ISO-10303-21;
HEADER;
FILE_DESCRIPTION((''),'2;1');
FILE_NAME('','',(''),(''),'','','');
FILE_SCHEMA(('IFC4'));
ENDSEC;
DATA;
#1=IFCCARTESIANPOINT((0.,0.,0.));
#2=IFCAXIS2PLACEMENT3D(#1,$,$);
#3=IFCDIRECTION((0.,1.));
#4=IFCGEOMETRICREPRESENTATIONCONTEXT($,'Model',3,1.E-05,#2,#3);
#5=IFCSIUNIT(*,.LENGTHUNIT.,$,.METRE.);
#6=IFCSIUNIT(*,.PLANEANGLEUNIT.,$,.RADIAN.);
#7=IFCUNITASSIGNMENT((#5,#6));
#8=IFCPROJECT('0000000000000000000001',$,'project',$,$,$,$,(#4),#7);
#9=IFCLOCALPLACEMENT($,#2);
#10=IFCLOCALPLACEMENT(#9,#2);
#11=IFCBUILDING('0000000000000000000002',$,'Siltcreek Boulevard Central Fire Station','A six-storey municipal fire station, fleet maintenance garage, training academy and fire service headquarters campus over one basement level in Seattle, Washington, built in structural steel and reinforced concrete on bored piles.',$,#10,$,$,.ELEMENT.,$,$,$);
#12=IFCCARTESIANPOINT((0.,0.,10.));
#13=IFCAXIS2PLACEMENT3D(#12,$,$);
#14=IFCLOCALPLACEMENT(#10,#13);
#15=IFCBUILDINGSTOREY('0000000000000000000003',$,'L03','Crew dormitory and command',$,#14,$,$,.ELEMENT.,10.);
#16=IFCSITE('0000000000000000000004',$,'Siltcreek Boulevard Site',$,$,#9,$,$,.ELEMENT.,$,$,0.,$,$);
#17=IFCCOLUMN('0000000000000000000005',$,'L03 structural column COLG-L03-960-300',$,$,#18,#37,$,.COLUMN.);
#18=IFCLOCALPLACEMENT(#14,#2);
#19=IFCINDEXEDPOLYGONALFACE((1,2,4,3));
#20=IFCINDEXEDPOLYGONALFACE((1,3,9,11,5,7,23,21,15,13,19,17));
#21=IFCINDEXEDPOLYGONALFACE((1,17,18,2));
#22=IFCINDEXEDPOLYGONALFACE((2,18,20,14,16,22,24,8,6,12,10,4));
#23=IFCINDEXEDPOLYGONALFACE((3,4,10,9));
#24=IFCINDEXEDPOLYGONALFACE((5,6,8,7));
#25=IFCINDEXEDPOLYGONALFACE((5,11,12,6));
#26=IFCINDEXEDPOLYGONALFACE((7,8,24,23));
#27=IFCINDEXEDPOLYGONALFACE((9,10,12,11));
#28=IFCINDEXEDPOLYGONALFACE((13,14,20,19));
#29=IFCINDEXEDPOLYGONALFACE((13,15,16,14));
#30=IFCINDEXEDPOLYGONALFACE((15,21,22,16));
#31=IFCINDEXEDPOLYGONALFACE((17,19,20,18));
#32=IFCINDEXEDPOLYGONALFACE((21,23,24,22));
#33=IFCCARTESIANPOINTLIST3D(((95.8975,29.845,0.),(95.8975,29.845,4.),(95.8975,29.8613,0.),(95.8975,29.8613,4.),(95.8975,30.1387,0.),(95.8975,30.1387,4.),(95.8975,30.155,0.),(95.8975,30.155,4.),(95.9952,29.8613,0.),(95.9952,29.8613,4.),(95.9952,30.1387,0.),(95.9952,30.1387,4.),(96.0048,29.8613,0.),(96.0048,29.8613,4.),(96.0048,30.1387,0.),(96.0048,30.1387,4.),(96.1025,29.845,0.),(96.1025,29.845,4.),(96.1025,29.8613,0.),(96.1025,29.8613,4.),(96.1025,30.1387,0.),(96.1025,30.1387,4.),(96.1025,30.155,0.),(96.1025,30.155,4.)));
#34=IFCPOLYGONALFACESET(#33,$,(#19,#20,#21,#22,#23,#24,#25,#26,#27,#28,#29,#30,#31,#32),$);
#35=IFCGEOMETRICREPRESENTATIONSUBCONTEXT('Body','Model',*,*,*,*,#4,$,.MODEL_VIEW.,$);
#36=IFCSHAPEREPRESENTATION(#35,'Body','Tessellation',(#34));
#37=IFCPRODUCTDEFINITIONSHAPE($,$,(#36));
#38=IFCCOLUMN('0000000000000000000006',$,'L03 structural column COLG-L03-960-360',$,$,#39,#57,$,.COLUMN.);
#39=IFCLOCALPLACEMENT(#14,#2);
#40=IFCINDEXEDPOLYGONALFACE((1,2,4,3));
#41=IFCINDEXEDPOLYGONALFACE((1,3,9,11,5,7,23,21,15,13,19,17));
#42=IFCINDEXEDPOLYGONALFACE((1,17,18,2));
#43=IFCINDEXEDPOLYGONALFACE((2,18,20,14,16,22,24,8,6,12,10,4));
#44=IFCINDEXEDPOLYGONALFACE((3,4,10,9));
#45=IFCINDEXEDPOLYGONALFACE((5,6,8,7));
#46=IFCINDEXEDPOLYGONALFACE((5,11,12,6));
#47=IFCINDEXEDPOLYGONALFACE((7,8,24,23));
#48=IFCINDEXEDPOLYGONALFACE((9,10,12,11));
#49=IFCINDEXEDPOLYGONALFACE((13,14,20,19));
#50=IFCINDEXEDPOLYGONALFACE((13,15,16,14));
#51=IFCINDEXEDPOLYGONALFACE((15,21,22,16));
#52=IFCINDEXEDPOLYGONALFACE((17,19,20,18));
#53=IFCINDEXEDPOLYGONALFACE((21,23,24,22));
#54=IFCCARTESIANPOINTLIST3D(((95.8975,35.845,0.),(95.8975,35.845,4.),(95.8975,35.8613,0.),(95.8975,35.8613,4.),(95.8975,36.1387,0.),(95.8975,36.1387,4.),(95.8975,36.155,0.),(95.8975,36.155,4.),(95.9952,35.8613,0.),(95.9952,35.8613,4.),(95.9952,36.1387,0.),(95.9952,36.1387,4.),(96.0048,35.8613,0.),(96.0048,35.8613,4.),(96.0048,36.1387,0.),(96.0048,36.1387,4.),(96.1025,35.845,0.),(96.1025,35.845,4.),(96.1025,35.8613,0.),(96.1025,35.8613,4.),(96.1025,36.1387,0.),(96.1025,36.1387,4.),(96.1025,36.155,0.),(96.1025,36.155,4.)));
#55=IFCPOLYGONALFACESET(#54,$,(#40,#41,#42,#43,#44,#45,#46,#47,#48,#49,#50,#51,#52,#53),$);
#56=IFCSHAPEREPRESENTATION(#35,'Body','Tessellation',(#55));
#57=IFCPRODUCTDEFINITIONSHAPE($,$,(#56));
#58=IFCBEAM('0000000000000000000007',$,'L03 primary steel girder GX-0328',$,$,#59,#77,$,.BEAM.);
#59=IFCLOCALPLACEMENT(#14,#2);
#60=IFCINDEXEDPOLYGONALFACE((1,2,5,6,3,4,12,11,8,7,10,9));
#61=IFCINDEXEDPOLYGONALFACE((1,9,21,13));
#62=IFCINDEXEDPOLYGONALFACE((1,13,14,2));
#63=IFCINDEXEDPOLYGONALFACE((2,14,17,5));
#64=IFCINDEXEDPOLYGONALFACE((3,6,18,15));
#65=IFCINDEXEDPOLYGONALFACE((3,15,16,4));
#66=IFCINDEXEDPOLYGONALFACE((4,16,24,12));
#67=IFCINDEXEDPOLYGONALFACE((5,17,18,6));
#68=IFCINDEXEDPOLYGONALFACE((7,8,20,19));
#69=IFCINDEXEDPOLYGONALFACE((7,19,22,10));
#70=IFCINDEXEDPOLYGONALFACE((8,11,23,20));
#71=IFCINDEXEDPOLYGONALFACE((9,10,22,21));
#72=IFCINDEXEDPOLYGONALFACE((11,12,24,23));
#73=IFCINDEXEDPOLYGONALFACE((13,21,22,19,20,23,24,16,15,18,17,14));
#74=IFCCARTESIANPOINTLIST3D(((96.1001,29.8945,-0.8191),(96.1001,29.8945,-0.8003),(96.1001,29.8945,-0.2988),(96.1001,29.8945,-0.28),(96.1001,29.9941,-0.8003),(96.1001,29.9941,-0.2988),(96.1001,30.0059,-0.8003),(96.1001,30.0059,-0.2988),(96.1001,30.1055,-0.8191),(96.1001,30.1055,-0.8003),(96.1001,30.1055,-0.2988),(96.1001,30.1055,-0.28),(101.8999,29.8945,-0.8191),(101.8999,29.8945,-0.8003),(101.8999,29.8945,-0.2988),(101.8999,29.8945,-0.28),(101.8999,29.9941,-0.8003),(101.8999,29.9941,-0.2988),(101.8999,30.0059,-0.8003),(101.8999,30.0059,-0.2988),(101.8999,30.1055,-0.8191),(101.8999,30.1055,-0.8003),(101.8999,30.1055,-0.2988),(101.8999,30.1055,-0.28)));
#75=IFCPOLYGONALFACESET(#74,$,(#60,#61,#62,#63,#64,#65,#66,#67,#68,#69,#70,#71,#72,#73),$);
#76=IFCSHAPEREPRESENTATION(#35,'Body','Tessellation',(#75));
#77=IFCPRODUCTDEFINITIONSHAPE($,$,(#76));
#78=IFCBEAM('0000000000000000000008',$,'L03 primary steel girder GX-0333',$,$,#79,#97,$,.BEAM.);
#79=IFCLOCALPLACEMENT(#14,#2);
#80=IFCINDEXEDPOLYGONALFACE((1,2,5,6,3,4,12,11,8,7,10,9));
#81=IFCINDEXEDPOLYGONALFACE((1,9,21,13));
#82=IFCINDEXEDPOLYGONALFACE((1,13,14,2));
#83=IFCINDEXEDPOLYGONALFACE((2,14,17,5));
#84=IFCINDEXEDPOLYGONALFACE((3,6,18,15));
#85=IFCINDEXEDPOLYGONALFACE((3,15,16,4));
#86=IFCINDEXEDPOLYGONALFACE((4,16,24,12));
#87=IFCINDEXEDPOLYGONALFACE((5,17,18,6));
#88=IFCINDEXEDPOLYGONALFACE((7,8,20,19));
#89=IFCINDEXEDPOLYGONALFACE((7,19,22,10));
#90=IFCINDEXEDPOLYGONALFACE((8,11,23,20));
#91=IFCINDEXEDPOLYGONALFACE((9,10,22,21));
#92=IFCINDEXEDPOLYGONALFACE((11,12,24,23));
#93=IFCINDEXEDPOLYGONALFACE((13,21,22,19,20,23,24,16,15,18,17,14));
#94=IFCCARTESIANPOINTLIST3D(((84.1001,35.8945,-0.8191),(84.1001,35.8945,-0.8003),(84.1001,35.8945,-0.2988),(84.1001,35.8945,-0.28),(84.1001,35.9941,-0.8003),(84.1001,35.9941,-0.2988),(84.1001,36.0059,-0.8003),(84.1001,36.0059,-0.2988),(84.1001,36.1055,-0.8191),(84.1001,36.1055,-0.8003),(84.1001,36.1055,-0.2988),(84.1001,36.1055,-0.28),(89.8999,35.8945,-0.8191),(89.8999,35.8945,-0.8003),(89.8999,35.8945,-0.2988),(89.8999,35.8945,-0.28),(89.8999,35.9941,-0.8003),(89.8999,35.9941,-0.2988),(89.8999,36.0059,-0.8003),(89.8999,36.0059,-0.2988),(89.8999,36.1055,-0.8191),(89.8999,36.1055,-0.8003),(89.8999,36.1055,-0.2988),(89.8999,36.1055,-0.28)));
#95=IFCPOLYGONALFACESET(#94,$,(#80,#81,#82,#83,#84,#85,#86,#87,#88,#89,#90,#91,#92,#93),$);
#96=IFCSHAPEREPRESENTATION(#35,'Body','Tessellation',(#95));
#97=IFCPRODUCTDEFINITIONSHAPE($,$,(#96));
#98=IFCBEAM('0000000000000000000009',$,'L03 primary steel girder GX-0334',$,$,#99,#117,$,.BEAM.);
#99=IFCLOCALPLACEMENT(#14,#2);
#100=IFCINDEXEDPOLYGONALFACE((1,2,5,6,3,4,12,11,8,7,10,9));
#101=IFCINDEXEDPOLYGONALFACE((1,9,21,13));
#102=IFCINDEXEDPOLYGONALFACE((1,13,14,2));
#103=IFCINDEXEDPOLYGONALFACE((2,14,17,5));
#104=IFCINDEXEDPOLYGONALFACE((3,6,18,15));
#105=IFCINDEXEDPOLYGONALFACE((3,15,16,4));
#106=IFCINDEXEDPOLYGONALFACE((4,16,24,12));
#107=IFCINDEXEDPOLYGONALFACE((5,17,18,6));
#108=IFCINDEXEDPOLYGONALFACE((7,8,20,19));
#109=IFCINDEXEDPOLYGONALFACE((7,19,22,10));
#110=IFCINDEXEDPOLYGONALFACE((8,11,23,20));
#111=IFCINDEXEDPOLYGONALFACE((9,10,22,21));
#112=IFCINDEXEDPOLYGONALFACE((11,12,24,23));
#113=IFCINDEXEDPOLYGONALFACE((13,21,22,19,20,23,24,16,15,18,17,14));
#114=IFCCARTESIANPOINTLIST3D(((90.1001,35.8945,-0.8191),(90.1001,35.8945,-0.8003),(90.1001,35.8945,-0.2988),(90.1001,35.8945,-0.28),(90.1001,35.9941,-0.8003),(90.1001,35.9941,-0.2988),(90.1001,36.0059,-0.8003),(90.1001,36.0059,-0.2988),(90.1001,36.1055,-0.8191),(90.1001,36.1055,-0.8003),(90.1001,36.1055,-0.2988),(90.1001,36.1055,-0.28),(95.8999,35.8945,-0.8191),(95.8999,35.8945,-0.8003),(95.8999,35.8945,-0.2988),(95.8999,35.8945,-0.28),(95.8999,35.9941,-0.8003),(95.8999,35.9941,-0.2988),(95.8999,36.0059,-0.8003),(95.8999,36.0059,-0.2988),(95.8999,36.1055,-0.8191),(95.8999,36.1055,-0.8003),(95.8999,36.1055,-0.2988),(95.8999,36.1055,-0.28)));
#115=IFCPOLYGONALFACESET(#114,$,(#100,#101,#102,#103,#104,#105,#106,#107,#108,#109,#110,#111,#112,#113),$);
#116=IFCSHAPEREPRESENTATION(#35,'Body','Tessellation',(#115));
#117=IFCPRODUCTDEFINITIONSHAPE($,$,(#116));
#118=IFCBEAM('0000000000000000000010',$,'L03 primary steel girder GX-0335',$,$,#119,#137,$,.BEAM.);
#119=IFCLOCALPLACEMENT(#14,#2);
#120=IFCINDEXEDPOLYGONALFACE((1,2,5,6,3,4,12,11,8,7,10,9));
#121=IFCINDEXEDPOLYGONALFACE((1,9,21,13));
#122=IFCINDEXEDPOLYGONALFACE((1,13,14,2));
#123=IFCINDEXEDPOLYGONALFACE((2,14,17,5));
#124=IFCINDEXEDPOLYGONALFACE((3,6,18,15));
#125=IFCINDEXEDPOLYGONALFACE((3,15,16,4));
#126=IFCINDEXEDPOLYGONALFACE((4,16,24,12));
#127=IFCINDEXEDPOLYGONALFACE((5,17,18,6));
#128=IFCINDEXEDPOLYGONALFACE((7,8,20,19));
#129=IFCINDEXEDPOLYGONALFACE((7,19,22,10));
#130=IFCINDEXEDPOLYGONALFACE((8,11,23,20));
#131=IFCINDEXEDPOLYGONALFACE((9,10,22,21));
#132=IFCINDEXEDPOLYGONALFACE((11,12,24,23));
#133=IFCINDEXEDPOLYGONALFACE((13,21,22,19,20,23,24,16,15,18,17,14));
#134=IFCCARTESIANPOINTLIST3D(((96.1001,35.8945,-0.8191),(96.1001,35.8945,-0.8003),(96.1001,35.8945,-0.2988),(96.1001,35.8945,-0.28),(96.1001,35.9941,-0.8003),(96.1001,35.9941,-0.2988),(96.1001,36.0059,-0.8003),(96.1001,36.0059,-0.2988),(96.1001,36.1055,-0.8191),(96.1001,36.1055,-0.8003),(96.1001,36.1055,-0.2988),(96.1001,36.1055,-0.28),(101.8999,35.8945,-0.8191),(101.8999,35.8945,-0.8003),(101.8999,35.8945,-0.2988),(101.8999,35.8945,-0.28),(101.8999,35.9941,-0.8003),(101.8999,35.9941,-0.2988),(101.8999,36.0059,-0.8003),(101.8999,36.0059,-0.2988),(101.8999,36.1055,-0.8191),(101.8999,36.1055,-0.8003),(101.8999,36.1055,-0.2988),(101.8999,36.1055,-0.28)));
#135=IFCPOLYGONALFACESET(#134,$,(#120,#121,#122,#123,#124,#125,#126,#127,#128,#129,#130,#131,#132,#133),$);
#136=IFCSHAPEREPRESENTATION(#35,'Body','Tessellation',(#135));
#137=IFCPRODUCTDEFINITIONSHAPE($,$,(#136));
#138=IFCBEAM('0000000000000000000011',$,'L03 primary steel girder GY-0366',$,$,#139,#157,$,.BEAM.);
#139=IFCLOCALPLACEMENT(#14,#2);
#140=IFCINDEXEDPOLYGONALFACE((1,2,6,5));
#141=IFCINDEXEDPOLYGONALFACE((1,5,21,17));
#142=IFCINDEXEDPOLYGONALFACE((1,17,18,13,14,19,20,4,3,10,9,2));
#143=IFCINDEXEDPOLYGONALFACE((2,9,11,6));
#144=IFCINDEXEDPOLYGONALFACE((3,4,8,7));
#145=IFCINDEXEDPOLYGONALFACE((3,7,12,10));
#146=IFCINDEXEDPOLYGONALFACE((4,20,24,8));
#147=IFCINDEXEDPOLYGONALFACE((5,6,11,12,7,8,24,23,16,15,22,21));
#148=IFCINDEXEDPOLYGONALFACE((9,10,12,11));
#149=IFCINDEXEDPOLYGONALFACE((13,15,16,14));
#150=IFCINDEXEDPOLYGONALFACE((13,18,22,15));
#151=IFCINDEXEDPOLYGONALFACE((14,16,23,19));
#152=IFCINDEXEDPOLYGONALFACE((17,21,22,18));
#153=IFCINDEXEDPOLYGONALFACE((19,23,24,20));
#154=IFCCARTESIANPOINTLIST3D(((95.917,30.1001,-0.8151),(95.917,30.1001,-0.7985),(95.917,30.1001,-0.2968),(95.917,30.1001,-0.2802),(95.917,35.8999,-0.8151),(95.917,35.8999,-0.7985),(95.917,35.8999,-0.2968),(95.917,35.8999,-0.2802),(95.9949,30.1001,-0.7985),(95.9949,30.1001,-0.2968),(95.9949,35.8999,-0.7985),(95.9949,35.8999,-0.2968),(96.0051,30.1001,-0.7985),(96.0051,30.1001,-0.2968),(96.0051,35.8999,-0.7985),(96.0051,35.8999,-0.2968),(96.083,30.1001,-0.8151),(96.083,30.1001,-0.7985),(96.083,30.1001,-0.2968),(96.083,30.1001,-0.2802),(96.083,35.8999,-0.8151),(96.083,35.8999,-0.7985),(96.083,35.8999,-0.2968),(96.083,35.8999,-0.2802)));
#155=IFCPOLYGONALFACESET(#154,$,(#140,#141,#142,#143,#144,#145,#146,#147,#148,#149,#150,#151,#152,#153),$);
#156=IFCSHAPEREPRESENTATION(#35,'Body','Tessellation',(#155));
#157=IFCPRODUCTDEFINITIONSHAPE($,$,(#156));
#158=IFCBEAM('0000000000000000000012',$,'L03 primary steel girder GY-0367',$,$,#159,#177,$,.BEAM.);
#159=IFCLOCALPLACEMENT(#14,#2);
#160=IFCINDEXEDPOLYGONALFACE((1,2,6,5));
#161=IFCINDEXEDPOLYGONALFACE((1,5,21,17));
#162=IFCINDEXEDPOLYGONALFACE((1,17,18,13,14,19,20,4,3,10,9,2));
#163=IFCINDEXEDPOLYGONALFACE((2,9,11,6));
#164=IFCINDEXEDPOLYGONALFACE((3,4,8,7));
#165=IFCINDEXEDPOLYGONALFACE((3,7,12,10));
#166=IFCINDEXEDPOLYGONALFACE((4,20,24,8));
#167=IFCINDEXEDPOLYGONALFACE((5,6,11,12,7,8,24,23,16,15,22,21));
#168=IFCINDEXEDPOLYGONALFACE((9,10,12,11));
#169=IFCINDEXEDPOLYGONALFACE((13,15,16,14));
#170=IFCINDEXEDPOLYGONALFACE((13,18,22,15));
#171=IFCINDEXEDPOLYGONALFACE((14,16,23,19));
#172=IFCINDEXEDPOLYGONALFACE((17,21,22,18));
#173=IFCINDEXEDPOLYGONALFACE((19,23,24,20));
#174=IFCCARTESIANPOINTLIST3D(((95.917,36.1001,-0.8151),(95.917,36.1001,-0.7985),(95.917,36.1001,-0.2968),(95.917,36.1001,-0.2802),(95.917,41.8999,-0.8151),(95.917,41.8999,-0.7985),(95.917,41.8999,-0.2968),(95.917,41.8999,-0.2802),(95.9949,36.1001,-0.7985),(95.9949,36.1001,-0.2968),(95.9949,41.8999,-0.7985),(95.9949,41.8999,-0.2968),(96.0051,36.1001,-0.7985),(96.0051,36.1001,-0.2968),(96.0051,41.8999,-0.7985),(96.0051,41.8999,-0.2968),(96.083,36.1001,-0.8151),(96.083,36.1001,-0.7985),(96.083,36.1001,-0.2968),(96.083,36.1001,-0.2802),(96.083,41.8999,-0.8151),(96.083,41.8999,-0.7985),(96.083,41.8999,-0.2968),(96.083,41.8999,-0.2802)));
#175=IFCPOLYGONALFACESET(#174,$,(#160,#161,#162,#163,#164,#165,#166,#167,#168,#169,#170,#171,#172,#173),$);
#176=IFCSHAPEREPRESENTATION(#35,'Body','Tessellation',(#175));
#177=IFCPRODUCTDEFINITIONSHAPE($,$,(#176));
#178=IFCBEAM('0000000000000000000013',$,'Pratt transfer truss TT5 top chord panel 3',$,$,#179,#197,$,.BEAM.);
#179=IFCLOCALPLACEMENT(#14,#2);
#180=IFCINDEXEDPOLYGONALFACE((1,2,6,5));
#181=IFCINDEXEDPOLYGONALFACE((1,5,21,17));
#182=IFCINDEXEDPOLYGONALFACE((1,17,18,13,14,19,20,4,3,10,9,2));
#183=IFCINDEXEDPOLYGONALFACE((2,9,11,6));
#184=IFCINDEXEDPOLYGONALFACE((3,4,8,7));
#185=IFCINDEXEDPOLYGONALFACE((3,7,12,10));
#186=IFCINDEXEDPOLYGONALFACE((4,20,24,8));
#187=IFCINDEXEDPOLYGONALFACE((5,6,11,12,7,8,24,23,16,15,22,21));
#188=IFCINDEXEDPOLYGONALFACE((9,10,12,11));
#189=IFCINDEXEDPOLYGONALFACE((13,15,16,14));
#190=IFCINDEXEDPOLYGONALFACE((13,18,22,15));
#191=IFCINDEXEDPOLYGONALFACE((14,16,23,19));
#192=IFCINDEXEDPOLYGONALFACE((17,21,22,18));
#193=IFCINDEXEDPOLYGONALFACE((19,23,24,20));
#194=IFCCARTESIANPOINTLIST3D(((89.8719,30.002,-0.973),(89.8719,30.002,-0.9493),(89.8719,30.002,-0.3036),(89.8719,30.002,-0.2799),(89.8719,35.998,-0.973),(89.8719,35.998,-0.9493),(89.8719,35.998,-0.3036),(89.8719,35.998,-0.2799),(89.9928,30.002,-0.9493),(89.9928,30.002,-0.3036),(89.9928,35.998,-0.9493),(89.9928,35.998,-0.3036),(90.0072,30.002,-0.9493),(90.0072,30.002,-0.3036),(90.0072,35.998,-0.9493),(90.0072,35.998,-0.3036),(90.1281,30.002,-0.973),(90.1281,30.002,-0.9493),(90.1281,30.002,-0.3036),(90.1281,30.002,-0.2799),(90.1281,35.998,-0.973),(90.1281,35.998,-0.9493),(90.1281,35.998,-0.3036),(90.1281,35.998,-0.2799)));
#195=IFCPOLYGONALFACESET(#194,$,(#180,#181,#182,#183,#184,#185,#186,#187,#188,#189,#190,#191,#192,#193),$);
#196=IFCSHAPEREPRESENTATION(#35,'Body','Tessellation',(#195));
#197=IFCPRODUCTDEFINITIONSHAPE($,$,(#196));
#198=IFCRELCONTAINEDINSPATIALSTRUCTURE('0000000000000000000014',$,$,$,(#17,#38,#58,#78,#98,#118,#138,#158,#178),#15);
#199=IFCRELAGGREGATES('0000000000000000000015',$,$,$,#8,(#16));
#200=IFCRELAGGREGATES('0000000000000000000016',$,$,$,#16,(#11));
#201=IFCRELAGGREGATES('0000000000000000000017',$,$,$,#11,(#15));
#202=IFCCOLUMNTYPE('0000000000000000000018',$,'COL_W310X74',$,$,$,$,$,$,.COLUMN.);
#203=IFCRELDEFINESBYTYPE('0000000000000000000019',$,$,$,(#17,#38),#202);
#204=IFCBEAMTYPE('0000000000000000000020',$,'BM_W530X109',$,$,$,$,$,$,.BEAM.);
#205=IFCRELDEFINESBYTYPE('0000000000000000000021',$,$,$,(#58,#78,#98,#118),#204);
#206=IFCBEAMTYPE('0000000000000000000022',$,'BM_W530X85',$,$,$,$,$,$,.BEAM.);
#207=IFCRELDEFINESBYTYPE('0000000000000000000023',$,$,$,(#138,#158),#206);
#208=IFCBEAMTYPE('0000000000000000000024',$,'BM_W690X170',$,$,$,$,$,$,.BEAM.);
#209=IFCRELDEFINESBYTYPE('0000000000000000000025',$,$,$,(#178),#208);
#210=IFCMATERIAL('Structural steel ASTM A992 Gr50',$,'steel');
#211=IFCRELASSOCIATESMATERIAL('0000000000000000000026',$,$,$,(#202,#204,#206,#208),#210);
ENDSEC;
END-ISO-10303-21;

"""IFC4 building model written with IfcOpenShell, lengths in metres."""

from ifc_helpers import new_model, si_unit, direction, frame, origin, origin_2d, place, context, subcontext, project, spatial, i_section, extrude, material, material_profile, profile_set, type_object, element, save


model = new_model("IFC4")

# Units and contexts
model_context = context("Model", 3, precision=1e-05, world=origin(), true_north=direction((0.0, 1.0)))
body_context = subcontext(model_context, "Body", "Model", "MODEL_VIEW")
ifc_project = project(units=[si_unit("LENGTHUNIT", "METRE"), si_unit("PLANEANGLEUNIT", "RADIAN")], contexts=[model_context])

# Site, building, storey
site_placement = place(None, origin())
site = spatial("IfcSite", under=ifc_project, at=site_placement, Name="Siltcreek Boulevard Site", CompositionType="ELEMENT", RefElevation=0.0)
building_placement = place(site_placement, origin())
building = spatial("IfcBuilding", under=site, at=building_placement, Name="Siltcreek Boulevard Central Fire Station", Description="A six-storey municipal fire station, fleet maintenance garage, training academy and fire service headquarters campus over one basement level in Seattle, Washington, built in structural steel and reinforced concrete on bored piles.", CompositionType="ELEMENT")
storey_placement = place(building_placement, frame((0.0, 0.0, 10.0)))
storey = spatial("IfcBuildingStorey", under=building, at=storey_placement, Name="L03", Description="Crew dormitory and command", CompositionType="ELEMENT", Elevation=10.0)

# Columns
ifc_material_1 = material(Name="Structural steel ASTM A992 Gr50", Category="steel")
ifc_material_profile_1 = material_profile(ifc_material_1, i_section(OverallWidth=0.2051, OverallDepth=0.3101, WebThickness=0.0095, FlangeThickness=0.0164, at=origin_2d()), Name="W310X74")
ifc_profile_set_1 = profile_set([ifc_material_profile_1], Name="Structural steel ASTM A992 Gr50")
column_type = type_object("IfcColumnType", Name="COL_W310X74", PredefinedType="COLUMN", material=ifc_profile_set_1)
for number, where, z_axis, x_axis, name in (
    (1, (96.0, 30.0, 0.0), (0.0, 0.0, 1.0), (1.0, 0.0, 0.0), "L03 structural column COLG-L03-960-300"),
    (2, (96.0, 36.0, 0.0), (0.0, 0.0, 1.0), (1.0, 0.0, 0.0), "L03 structural column COLG-L03-960-360"),
):
    element("IfcColumn", number, at=place(storey_placement, frame(where, z_axis=z_axis, x_axis=x_axis)), inside=storey, type_object=column_type, Name=name, PredefinedType="COLUMN", context=body_context, shape_type="SweptSolid", body=[
        extrude(i_section(OverallWidth=0.2051, OverallDepth=0.3101, WebThickness=0.0095, FlangeThickness=0.0164, at=origin_2d()), origin(), (0.0, 0.0, 1.0), 4.0),
    ])

# Beams
ifc_material_profile_2 = material_profile(ifc_material_1, i_section(OverallWidth=0.2109, OverallDepth=0.5391, WebThickness=0.0117, FlangeThickness=0.0188, at=origin_2d()), Name="W530X109")
ifc_profile_set_2 = profile_set([ifc_material_profile_2], Name="Structural steel ASTM A992 Gr50")
beam_type_1 = type_object("IfcBeamType", Name="BM_W530X109", PredefinedType="BEAM", material=ifc_profile_set_2)
for number, where, z_axis, x_axis, name in (
    (3, (96.1001, 30.0, -0.5496), (1.0, 0.0, 0.0), (0.0, 1.0, 0.0), "L03 primary steel girder GX-0328"),
    (4, (84.1001, 36.0, -0.5496), (1.0, 0.0, 0.0), (0.0, 1.0, 0.0), "L03 primary steel girder GX-0333"),
    (5, (90.1001, 36.0, -0.5496), (1.0, 0.0, 0.0), (0.0, 1.0, 0.0), "L03 primary steel girder GX-0334"),
    (6, (96.1001, 36.0, -0.5496), (1.0, 0.0, 0.0), (0.0, 1.0, 0.0), "L03 primary steel girder GX-0335"),
):
    element("IfcBeam", number, at=place(storey_placement, frame(where, z_axis=z_axis, x_axis=x_axis)), inside=storey, type_object=beam_type_1, Name=name, PredefinedType="BEAM", context=body_context, shape_type="SweptSolid", body=[
        extrude(i_section(OverallWidth=0.2109, OverallDepth=0.5391, WebThickness=0.0117, FlangeThickness=0.0188, at=origin_2d()), origin(), (0.0, 0.0, 1.0), 5.7998),
    ])
ifc_material_profile_3 = material_profile(ifc_material_1, i_section(OverallWidth=0.166, OverallDepth=0.5349, WebThickness=0.0103, FlangeThickness=0.0166, at=origin_2d()), Name="W530X85")
ifc_profile_set_3 = profile_set([ifc_material_profile_3], Name="Structural steel ASTM A992 Gr50")
beam_type_2 = type_object("IfcBeamType", Name="BM_W530X85", PredefinedType="BEAM", material=ifc_profile_set_3)
for number, where, z_axis, x_axis, name in (
    (7, (96.0, 30.1001, -0.5476), (0.0, 1.0, 0.0), (-1.0, 0.0, 0.0), "L03 primary steel girder GY-0366"),
    (8, (96.0, 36.1001, -0.5476), (0.0, 1.0, 0.0), (-1.0, 0.0, 0.0), "L03 primary steel girder GY-0367"),
):
    element("IfcBeam", number, at=place(storey_placement, frame(where, z_axis=z_axis, x_axis=x_axis)), inside=storey, type_object=beam_type_2, Name=name, PredefinedType="BEAM", context=body_context, shape_type="SweptSolid", body=[
        extrude(i_section(OverallWidth=0.166, OverallDepth=0.5349, WebThickness=0.0103, FlangeThickness=0.0166, at=origin_2d()), origin(), (0.0, 0.0, 1.0), 5.7998),
    ])
ifc_material_profile_4 = material_profile(ifc_material_1, i_section(OverallWidth=0.2561, OverallDepth=0.6931, WebThickness=0.0144, FlangeThickness=0.0237, at=origin_2d()), Name="W690X170")
ifc_profile_set_4 = profile_set([ifc_material_profile_4], Name="Structural steel ASTM A992 Gr50")
beam_type_3 = type_object("IfcBeamType", Name="BM_W690X170", PredefinedType="BEAM", material=ifc_profile_set_4)
beam_1_placement = place(storey_placement, frame((90.0, 30.002, -0.6265), z_axis=(0.0, 1.0, 0.0), x_axis=(-1.0, 0.0, 0.0)))
element("IfcBeam", 9, at=beam_1_placement, inside=storey, type_object=beam_type_3, Name="Pratt transfer truss TT5 top chord panel 3", PredefinedType="BEAM", context=body_context, shape_type="SweptSolid", body=[
    extrude(i_section(OverallWidth=0.2561, OverallDepth=0.6931, WebThickness=0.0144, FlangeThickness=0.0237, at=origin_2d()), origin(), (0.0, 0.0, 1.0), 5.9961),
])

save(model, "model.ifc")
